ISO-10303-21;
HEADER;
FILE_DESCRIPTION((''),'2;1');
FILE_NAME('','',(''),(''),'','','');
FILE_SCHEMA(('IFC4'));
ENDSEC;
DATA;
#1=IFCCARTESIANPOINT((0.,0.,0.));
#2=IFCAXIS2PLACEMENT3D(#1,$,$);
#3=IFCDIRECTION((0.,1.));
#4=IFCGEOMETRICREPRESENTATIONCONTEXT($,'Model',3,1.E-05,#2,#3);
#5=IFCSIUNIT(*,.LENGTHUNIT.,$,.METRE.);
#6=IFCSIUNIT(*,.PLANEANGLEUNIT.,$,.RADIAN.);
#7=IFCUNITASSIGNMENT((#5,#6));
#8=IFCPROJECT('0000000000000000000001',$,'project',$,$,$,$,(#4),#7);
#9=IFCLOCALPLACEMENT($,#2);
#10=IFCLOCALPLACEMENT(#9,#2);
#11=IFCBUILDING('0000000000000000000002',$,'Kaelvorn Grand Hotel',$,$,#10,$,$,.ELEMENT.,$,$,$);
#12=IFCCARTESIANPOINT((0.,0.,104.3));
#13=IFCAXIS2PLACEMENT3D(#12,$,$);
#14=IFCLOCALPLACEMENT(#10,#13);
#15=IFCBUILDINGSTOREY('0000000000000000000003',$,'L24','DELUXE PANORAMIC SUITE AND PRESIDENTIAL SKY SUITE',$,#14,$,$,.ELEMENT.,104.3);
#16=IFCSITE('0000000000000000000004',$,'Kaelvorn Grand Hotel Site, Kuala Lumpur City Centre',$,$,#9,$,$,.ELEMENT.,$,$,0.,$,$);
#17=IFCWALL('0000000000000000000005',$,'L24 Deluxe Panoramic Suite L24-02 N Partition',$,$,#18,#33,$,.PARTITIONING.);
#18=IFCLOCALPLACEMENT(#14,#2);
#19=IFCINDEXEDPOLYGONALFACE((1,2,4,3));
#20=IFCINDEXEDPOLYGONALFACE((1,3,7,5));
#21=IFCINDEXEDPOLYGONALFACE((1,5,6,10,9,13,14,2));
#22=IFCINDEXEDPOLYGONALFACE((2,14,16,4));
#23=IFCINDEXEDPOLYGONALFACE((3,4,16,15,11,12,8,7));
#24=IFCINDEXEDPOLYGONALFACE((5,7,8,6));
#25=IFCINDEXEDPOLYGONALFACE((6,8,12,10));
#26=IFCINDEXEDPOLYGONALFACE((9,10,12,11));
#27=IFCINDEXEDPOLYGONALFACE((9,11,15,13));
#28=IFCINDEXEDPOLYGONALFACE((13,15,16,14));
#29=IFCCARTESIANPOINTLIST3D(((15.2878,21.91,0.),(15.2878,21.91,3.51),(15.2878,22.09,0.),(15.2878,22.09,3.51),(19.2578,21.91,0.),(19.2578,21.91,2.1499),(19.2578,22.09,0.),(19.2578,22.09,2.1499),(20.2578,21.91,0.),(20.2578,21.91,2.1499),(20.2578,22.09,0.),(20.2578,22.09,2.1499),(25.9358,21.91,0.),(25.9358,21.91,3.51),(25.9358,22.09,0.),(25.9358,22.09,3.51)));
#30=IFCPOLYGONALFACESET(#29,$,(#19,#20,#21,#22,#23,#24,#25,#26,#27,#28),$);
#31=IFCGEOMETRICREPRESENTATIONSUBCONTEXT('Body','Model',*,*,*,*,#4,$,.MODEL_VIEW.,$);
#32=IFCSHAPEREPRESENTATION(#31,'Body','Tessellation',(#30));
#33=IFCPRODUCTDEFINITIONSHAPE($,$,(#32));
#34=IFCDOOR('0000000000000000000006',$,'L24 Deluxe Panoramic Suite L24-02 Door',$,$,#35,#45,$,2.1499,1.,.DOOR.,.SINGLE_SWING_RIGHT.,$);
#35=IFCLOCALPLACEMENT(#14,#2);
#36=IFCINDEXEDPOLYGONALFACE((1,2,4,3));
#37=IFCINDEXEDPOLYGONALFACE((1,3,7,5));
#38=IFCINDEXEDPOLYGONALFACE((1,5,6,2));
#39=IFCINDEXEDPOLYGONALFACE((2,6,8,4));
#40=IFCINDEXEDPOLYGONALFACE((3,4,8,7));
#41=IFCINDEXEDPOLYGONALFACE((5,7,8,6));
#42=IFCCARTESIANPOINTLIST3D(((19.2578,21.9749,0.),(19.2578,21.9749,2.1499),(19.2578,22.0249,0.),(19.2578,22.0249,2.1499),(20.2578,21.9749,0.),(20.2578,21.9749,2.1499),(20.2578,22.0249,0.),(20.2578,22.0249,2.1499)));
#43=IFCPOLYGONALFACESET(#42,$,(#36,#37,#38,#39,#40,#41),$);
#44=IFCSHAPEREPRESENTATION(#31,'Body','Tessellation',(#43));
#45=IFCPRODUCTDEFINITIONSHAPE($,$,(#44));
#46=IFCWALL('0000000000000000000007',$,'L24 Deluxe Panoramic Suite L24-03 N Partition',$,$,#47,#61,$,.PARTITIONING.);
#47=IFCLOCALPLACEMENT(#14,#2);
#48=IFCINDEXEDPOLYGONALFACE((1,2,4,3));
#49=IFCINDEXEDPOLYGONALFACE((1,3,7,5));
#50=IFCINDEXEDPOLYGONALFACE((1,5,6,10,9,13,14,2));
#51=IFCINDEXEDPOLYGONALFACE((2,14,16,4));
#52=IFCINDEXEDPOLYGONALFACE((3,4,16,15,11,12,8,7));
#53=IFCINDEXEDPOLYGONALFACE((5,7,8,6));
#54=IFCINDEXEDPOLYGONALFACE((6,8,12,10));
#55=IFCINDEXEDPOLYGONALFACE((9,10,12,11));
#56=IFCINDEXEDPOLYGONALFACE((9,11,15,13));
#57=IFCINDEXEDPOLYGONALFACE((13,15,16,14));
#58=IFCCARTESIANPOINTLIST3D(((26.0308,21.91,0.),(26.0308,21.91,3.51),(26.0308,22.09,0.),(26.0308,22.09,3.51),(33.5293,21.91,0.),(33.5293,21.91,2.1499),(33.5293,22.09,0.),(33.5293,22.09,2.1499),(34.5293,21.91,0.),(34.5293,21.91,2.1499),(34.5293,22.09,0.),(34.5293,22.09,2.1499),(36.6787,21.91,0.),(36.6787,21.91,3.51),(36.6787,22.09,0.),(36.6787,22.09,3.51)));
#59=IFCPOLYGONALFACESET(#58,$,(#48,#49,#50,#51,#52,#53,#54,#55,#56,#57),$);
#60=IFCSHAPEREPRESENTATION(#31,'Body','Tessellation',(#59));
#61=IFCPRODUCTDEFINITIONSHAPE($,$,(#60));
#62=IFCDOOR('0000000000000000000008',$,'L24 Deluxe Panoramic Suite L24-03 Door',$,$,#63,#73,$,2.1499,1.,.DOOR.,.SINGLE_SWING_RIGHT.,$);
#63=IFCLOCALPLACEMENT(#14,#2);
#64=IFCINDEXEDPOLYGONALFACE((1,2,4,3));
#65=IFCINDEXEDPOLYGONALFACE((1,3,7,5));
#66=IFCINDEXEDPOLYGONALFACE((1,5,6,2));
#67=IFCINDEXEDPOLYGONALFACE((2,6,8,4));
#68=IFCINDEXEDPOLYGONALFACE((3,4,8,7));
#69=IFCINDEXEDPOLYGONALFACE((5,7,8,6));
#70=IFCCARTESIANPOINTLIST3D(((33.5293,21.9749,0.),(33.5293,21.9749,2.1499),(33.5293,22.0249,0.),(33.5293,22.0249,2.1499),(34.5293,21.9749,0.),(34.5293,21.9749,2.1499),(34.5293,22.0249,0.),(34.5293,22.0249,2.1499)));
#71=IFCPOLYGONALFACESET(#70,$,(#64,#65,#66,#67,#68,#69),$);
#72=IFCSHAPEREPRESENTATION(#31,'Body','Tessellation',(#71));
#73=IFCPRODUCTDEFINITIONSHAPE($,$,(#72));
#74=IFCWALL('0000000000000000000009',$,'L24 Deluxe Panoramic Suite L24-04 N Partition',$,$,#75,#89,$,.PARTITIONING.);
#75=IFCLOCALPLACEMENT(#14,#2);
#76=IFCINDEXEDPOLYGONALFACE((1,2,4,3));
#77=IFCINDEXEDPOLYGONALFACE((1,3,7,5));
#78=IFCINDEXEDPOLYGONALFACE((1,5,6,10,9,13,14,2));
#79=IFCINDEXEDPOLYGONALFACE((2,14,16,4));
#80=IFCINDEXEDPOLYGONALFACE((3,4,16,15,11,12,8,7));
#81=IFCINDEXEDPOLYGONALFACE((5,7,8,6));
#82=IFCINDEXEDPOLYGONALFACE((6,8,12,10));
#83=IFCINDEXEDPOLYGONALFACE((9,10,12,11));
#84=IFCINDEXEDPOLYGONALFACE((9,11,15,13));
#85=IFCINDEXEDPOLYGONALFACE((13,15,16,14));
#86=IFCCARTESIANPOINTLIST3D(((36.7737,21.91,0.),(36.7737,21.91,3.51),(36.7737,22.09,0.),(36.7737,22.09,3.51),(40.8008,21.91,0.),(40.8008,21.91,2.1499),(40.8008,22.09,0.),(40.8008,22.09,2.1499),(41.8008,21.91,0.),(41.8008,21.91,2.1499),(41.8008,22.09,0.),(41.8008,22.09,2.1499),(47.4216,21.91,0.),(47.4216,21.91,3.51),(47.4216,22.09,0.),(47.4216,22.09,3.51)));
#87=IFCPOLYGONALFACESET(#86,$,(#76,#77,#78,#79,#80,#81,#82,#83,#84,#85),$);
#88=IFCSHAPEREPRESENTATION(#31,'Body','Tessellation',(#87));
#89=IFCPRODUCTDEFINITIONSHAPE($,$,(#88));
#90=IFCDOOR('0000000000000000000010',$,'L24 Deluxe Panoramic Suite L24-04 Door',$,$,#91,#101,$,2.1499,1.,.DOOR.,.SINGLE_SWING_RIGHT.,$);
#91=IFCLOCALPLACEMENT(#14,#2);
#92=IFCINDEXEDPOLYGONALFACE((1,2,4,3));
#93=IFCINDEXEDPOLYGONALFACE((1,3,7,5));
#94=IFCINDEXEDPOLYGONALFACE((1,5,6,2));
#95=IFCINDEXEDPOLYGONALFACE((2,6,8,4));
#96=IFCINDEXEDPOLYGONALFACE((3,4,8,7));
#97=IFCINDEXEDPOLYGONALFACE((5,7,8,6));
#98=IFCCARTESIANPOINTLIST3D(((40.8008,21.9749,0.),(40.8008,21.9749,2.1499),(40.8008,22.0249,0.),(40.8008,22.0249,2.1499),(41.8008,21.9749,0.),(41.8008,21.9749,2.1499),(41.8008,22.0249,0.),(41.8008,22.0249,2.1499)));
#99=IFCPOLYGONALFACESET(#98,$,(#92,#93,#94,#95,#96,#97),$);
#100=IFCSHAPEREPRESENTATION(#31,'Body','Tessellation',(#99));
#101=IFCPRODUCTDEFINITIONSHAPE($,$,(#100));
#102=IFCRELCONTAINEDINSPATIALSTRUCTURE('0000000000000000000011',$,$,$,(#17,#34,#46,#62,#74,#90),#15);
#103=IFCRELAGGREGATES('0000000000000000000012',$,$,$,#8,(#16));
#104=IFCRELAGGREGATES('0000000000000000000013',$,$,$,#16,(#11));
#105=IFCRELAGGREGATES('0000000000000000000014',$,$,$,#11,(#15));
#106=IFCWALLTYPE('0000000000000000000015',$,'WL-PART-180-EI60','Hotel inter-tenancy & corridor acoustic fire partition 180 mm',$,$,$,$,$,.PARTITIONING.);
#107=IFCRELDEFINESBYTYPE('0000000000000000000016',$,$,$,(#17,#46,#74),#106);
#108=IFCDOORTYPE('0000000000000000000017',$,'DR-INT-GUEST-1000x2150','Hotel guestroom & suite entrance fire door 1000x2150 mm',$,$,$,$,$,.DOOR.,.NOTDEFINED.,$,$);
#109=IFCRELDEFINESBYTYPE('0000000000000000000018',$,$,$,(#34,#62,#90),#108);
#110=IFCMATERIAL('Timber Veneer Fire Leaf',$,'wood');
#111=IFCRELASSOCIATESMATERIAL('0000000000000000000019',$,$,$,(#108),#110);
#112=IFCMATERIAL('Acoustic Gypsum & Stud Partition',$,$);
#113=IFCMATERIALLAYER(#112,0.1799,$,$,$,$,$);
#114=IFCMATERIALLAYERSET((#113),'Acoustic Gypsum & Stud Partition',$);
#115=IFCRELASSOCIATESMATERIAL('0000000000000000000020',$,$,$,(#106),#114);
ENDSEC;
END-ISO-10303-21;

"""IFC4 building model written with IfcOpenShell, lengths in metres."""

from ifc_helpers import new_model, si_unit, direction, frame, frame_2d, origin, place, context, subcontext, project, spatial, rectangle, extrude, material, layer, layer_set, type_object, element, fill, save


model = new_model("IFC4")

# Units and contexts
model_context = context("Model", 3, precision=1e-05, world=origin(), true_north=direction((0.0, 1.0)))
body_context = subcontext(model_context, "Body", "Model", "MODEL_VIEW")
ifc_project = project(units=[si_unit("LENGTHUNIT", "METRE"), si_unit("PLANEANGLEUNIT", "RADIAN")], contexts=[model_context])

# Site, building, storey
site_placement = place(None, origin())
site = spatial("IfcSite", under=ifc_project, at=site_placement, Name="Kaelvorn Grand Hotel Site, Kuala Lumpur City Centre", CompositionType="ELEMENT", RefElevation=0.0)
building_placement = place(site_placement, origin())
building = spatial("IfcBuilding", under=site, at=building_placement, Name="Kaelvorn Grand Hotel", CompositionType="ELEMENT")
storey_placement = place(building_placement, frame((0.0, 0.0, 104.3)))
storey = spatial("IfcBuildingStorey", under=building, at=storey_placement, Name="L24", Description="DELUXE PANORAMIC SUITE AND PRESIDENTIAL SKY SUITE", CompositionType="ELEMENT", Elevation=104.3)

# Shared definitions
ifc_material_1 = material(Name="Acoustic Gypsum & Stud Partition")
ifc_material_2 = material(Name="Timber Veneer Fire Leaf", Category="wood")
door_type_1 = type_object("IfcDoorType", Name="DR-INT-GUEST-1000x2150", Description="Hotel guestroom & suite entrance fire door 1000x2150 mm", OperationType="NOTDEFINED", PredefinedType="DOOR", material=ifc_material_2)

# Walls, openings, doors
ifc_layer_1 = layer(ifc_material_1, 0.1799)
ifc_layer_set_1 = layer_set([ifc_layer_1], Name="Acoustic Gypsum & Stud Partition")
wall_type_1 = type_object("IfcWallType", Name="WL-PART-180-EI60", Description="Hotel inter-tenancy & corridor acoustic fire partition 180 mm", PredefinedType="PARTITIONING", material=ifc_layer_set_1)
wall_1_placement = place(storey_placement, frame((15.2878, 22.0, 0.0), z_axis=(0.0, 0.0, 1.0), x_axis=(1.0, 0.0, 0.0)))
wall_1 = element("IfcWall", 1, at=wall_1_placement, inside=storey, type_object=wall_type_1, Name="L24 Deluxe Panoramic Suite L24-02 N Partition", PredefinedType="PARTITIONING", context=body_context, shape_type="SweptSolid", body=[
    extrude(rectangle(XDim=10.6479, YDim=0.1799, at=frame_2d((5.324, 0.0))), origin(), (0.0, 0.0, 1.0), 3.51),
])
opening_1_placement = place(wall_1_placement, frame((3.97, 0.0, 0.0)))
opening_1 = element("IfcOpeningElement", 2, at=opening_1_placement, cuts=wall_1, PredefinedType="OPENING", context=body_context, shape_type="SweptSolid", body=[
    extrude(rectangle(XDim=1.0, YDim=2.1499, at=frame_2d((0.5, 1.075))), frame((0.0, 0.1001, 0.0), z_axis=(0.0, -1.0, 0.0), x_axis=(1.0, 0.0, 0.0)), (0.0, 0.0, 1.0), 0.2),
])
door_1_placement = place(opening_1_placement, origin())
door_1 = element("IfcDoor", 3, at=door_1_placement, inside=storey, type_object=door_type_1, Name="L24 Deluxe Panoramic Suite L24-02 Door", OperationType="SINGLE_SWING_RIGHT", OverallHeight=2.1499, OverallWidth=1.0, PredefinedType="DOOR", context=body_context, shape_type="SweptSolid", body=[
    extrude(rectangle(XDim=1.0, YDim=2.1499, at=frame_2d((0.5, 1.075))), frame((0.0, 0.0249, 0.0), z_axis=(0.0, -1.0, 0.0), x_axis=(1.0, 0.0, 0.0)), (0.0, 0.0, 1.0), 0.05),
])
fill(opening_1, door_1)
wall_2_placement = place(storey_placement, frame((26.0308, 22.0, 0.0), z_axis=(0.0, 0.0, 1.0), x_axis=(1.0, 0.0, 0.0)))
wall_2 = element("IfcWall", 4, at=wall_2_placement, inside=storey, type_object=wall_type_1, Name="L24 Deluxe Panoramic Suite L24-03 N Partition", PredefinedType="PARTITIONING", context=body_context, shape_type="SweptSolid", body=[
    extrude(rectangle(XDim=10.6479, YDim=0.1799, at=frame_2d((5.324, 0.0))), origin(), (0.0, 0.0, 1.0), 3.51),
])
opening_2_placement = place(wall_2_placement, frame((7.4985, 0.0, 0.0)))
opening_2 = element("IfcOpeningElement", 5, at=opening_2_placement, cuts=wall_2, PredefinedType="OPENING", context=body_context, shape_type="SweptSolid", body=[
    extrude(rectangle(XDim=1.0, YDim=2.1499, at=frame_2d((0.5, 1.075))), frame((0.0, 0.1001, 0.0), z_axis=(0.0, -1.0, 0.0), x_axis=(1.0, 0.0, 0.0)), (0.0, 0.0, 1.0), 0.2),
])
door_2_placement = place(opening_2_placement, origin())
door_2 = element("IfcDoor", 6, at=door_2_placement, inside=storey, type_object=door_type_1, Name="L24 Deluxe Panoramic Suite L24-03 Door", OperationType="SINGLE_SWING_RIGHT", OverallHeight=2.1499, OverallWidth=1.0, PredefinedType="DOOR", context=body_context, shape_type="SweptSolid", body=[
    extrude(rectangle(XDim=1.0, YDim=2.1499, at=frame_2d((0.5, 1.075))), frame((0.0, 0.0249, 0.0), z_axis=(0.0, -1.0, 0.0), x_axis=(1.0, 0.0, 0.0)), (0.0, 0.0, 1.0), 0.05),
])
fill(opening_2, door_2)
wall_3_placement = place(storey_placement, frame((36.7737, 22.0, 0.0), z_axis=(0.0, 0.0, 1.0), x_axis=(1.0, 0.0, 0.0)))
wall_3 = element("IfcWall", 7, at=wall_3_placement, inside=storey, type_object=wall_type_1, Name="L24 Deluxe Panoramic Suite L24-04 N Partition", PredefinedType="PARTITIONING", context=body_context, shape_type="SweptSolid", body=[
    extrude(rectangle(XDim=10.6479, YDim=0.1799, at=frame_2d((5.324, 0.0))), origin(), (0.0, 0.0, 1.0), 3.51),
])
opening_3_placement = place(wall_3_placement, frame((4.0271, 0.0, 0.0)))
opening_3 = element("IfcOpeningElement", 8, at=opening_3_placement, cuts=wall_3, PredefinedType="OPENING", context=body_context, shape_type="SweptSolid", body=[
    extrude(rectangle(XDim=1.0, YDim=2.1499, at=frame_2d((0.5, 1.075))), frame((0.0, 0.1001, 0.0), z_axis=(0.0, -1.0, 0.0), x_axis=(1.0, 0.0, 0.0)), (0.0, 0.0, 1.0), 0.2),
])
door_3_placement = place(opening_3_placement, origin())
door_3 = element("IfcDoor", 9, at=door_3_placement, inside=storey, type_object=door_type_1, Name="L24 Deluxe Panoramic Suite L24-04 Door", OperationType="SINGLE_SWING_RIGHT", OverallHeight=2.1499, OverallWidth=1.0, PredefinedType="DOOR", context=body_context, shape_type="SweptSolid", body=[
    extrude(rectangle(XDim=1.0, YDim=2.1499, at=frame_2d((0.5, 1.075))), frame((0.0, 0.0249, 0.0), z_axis=(0.0, -1.0, 0.0), x_axis=(1.0, 0.0, 0.0)), (0.0, 0.0, 1.0), 0.05),
])
fill(opening_3, door_3)

save(model, "model.ifc")
